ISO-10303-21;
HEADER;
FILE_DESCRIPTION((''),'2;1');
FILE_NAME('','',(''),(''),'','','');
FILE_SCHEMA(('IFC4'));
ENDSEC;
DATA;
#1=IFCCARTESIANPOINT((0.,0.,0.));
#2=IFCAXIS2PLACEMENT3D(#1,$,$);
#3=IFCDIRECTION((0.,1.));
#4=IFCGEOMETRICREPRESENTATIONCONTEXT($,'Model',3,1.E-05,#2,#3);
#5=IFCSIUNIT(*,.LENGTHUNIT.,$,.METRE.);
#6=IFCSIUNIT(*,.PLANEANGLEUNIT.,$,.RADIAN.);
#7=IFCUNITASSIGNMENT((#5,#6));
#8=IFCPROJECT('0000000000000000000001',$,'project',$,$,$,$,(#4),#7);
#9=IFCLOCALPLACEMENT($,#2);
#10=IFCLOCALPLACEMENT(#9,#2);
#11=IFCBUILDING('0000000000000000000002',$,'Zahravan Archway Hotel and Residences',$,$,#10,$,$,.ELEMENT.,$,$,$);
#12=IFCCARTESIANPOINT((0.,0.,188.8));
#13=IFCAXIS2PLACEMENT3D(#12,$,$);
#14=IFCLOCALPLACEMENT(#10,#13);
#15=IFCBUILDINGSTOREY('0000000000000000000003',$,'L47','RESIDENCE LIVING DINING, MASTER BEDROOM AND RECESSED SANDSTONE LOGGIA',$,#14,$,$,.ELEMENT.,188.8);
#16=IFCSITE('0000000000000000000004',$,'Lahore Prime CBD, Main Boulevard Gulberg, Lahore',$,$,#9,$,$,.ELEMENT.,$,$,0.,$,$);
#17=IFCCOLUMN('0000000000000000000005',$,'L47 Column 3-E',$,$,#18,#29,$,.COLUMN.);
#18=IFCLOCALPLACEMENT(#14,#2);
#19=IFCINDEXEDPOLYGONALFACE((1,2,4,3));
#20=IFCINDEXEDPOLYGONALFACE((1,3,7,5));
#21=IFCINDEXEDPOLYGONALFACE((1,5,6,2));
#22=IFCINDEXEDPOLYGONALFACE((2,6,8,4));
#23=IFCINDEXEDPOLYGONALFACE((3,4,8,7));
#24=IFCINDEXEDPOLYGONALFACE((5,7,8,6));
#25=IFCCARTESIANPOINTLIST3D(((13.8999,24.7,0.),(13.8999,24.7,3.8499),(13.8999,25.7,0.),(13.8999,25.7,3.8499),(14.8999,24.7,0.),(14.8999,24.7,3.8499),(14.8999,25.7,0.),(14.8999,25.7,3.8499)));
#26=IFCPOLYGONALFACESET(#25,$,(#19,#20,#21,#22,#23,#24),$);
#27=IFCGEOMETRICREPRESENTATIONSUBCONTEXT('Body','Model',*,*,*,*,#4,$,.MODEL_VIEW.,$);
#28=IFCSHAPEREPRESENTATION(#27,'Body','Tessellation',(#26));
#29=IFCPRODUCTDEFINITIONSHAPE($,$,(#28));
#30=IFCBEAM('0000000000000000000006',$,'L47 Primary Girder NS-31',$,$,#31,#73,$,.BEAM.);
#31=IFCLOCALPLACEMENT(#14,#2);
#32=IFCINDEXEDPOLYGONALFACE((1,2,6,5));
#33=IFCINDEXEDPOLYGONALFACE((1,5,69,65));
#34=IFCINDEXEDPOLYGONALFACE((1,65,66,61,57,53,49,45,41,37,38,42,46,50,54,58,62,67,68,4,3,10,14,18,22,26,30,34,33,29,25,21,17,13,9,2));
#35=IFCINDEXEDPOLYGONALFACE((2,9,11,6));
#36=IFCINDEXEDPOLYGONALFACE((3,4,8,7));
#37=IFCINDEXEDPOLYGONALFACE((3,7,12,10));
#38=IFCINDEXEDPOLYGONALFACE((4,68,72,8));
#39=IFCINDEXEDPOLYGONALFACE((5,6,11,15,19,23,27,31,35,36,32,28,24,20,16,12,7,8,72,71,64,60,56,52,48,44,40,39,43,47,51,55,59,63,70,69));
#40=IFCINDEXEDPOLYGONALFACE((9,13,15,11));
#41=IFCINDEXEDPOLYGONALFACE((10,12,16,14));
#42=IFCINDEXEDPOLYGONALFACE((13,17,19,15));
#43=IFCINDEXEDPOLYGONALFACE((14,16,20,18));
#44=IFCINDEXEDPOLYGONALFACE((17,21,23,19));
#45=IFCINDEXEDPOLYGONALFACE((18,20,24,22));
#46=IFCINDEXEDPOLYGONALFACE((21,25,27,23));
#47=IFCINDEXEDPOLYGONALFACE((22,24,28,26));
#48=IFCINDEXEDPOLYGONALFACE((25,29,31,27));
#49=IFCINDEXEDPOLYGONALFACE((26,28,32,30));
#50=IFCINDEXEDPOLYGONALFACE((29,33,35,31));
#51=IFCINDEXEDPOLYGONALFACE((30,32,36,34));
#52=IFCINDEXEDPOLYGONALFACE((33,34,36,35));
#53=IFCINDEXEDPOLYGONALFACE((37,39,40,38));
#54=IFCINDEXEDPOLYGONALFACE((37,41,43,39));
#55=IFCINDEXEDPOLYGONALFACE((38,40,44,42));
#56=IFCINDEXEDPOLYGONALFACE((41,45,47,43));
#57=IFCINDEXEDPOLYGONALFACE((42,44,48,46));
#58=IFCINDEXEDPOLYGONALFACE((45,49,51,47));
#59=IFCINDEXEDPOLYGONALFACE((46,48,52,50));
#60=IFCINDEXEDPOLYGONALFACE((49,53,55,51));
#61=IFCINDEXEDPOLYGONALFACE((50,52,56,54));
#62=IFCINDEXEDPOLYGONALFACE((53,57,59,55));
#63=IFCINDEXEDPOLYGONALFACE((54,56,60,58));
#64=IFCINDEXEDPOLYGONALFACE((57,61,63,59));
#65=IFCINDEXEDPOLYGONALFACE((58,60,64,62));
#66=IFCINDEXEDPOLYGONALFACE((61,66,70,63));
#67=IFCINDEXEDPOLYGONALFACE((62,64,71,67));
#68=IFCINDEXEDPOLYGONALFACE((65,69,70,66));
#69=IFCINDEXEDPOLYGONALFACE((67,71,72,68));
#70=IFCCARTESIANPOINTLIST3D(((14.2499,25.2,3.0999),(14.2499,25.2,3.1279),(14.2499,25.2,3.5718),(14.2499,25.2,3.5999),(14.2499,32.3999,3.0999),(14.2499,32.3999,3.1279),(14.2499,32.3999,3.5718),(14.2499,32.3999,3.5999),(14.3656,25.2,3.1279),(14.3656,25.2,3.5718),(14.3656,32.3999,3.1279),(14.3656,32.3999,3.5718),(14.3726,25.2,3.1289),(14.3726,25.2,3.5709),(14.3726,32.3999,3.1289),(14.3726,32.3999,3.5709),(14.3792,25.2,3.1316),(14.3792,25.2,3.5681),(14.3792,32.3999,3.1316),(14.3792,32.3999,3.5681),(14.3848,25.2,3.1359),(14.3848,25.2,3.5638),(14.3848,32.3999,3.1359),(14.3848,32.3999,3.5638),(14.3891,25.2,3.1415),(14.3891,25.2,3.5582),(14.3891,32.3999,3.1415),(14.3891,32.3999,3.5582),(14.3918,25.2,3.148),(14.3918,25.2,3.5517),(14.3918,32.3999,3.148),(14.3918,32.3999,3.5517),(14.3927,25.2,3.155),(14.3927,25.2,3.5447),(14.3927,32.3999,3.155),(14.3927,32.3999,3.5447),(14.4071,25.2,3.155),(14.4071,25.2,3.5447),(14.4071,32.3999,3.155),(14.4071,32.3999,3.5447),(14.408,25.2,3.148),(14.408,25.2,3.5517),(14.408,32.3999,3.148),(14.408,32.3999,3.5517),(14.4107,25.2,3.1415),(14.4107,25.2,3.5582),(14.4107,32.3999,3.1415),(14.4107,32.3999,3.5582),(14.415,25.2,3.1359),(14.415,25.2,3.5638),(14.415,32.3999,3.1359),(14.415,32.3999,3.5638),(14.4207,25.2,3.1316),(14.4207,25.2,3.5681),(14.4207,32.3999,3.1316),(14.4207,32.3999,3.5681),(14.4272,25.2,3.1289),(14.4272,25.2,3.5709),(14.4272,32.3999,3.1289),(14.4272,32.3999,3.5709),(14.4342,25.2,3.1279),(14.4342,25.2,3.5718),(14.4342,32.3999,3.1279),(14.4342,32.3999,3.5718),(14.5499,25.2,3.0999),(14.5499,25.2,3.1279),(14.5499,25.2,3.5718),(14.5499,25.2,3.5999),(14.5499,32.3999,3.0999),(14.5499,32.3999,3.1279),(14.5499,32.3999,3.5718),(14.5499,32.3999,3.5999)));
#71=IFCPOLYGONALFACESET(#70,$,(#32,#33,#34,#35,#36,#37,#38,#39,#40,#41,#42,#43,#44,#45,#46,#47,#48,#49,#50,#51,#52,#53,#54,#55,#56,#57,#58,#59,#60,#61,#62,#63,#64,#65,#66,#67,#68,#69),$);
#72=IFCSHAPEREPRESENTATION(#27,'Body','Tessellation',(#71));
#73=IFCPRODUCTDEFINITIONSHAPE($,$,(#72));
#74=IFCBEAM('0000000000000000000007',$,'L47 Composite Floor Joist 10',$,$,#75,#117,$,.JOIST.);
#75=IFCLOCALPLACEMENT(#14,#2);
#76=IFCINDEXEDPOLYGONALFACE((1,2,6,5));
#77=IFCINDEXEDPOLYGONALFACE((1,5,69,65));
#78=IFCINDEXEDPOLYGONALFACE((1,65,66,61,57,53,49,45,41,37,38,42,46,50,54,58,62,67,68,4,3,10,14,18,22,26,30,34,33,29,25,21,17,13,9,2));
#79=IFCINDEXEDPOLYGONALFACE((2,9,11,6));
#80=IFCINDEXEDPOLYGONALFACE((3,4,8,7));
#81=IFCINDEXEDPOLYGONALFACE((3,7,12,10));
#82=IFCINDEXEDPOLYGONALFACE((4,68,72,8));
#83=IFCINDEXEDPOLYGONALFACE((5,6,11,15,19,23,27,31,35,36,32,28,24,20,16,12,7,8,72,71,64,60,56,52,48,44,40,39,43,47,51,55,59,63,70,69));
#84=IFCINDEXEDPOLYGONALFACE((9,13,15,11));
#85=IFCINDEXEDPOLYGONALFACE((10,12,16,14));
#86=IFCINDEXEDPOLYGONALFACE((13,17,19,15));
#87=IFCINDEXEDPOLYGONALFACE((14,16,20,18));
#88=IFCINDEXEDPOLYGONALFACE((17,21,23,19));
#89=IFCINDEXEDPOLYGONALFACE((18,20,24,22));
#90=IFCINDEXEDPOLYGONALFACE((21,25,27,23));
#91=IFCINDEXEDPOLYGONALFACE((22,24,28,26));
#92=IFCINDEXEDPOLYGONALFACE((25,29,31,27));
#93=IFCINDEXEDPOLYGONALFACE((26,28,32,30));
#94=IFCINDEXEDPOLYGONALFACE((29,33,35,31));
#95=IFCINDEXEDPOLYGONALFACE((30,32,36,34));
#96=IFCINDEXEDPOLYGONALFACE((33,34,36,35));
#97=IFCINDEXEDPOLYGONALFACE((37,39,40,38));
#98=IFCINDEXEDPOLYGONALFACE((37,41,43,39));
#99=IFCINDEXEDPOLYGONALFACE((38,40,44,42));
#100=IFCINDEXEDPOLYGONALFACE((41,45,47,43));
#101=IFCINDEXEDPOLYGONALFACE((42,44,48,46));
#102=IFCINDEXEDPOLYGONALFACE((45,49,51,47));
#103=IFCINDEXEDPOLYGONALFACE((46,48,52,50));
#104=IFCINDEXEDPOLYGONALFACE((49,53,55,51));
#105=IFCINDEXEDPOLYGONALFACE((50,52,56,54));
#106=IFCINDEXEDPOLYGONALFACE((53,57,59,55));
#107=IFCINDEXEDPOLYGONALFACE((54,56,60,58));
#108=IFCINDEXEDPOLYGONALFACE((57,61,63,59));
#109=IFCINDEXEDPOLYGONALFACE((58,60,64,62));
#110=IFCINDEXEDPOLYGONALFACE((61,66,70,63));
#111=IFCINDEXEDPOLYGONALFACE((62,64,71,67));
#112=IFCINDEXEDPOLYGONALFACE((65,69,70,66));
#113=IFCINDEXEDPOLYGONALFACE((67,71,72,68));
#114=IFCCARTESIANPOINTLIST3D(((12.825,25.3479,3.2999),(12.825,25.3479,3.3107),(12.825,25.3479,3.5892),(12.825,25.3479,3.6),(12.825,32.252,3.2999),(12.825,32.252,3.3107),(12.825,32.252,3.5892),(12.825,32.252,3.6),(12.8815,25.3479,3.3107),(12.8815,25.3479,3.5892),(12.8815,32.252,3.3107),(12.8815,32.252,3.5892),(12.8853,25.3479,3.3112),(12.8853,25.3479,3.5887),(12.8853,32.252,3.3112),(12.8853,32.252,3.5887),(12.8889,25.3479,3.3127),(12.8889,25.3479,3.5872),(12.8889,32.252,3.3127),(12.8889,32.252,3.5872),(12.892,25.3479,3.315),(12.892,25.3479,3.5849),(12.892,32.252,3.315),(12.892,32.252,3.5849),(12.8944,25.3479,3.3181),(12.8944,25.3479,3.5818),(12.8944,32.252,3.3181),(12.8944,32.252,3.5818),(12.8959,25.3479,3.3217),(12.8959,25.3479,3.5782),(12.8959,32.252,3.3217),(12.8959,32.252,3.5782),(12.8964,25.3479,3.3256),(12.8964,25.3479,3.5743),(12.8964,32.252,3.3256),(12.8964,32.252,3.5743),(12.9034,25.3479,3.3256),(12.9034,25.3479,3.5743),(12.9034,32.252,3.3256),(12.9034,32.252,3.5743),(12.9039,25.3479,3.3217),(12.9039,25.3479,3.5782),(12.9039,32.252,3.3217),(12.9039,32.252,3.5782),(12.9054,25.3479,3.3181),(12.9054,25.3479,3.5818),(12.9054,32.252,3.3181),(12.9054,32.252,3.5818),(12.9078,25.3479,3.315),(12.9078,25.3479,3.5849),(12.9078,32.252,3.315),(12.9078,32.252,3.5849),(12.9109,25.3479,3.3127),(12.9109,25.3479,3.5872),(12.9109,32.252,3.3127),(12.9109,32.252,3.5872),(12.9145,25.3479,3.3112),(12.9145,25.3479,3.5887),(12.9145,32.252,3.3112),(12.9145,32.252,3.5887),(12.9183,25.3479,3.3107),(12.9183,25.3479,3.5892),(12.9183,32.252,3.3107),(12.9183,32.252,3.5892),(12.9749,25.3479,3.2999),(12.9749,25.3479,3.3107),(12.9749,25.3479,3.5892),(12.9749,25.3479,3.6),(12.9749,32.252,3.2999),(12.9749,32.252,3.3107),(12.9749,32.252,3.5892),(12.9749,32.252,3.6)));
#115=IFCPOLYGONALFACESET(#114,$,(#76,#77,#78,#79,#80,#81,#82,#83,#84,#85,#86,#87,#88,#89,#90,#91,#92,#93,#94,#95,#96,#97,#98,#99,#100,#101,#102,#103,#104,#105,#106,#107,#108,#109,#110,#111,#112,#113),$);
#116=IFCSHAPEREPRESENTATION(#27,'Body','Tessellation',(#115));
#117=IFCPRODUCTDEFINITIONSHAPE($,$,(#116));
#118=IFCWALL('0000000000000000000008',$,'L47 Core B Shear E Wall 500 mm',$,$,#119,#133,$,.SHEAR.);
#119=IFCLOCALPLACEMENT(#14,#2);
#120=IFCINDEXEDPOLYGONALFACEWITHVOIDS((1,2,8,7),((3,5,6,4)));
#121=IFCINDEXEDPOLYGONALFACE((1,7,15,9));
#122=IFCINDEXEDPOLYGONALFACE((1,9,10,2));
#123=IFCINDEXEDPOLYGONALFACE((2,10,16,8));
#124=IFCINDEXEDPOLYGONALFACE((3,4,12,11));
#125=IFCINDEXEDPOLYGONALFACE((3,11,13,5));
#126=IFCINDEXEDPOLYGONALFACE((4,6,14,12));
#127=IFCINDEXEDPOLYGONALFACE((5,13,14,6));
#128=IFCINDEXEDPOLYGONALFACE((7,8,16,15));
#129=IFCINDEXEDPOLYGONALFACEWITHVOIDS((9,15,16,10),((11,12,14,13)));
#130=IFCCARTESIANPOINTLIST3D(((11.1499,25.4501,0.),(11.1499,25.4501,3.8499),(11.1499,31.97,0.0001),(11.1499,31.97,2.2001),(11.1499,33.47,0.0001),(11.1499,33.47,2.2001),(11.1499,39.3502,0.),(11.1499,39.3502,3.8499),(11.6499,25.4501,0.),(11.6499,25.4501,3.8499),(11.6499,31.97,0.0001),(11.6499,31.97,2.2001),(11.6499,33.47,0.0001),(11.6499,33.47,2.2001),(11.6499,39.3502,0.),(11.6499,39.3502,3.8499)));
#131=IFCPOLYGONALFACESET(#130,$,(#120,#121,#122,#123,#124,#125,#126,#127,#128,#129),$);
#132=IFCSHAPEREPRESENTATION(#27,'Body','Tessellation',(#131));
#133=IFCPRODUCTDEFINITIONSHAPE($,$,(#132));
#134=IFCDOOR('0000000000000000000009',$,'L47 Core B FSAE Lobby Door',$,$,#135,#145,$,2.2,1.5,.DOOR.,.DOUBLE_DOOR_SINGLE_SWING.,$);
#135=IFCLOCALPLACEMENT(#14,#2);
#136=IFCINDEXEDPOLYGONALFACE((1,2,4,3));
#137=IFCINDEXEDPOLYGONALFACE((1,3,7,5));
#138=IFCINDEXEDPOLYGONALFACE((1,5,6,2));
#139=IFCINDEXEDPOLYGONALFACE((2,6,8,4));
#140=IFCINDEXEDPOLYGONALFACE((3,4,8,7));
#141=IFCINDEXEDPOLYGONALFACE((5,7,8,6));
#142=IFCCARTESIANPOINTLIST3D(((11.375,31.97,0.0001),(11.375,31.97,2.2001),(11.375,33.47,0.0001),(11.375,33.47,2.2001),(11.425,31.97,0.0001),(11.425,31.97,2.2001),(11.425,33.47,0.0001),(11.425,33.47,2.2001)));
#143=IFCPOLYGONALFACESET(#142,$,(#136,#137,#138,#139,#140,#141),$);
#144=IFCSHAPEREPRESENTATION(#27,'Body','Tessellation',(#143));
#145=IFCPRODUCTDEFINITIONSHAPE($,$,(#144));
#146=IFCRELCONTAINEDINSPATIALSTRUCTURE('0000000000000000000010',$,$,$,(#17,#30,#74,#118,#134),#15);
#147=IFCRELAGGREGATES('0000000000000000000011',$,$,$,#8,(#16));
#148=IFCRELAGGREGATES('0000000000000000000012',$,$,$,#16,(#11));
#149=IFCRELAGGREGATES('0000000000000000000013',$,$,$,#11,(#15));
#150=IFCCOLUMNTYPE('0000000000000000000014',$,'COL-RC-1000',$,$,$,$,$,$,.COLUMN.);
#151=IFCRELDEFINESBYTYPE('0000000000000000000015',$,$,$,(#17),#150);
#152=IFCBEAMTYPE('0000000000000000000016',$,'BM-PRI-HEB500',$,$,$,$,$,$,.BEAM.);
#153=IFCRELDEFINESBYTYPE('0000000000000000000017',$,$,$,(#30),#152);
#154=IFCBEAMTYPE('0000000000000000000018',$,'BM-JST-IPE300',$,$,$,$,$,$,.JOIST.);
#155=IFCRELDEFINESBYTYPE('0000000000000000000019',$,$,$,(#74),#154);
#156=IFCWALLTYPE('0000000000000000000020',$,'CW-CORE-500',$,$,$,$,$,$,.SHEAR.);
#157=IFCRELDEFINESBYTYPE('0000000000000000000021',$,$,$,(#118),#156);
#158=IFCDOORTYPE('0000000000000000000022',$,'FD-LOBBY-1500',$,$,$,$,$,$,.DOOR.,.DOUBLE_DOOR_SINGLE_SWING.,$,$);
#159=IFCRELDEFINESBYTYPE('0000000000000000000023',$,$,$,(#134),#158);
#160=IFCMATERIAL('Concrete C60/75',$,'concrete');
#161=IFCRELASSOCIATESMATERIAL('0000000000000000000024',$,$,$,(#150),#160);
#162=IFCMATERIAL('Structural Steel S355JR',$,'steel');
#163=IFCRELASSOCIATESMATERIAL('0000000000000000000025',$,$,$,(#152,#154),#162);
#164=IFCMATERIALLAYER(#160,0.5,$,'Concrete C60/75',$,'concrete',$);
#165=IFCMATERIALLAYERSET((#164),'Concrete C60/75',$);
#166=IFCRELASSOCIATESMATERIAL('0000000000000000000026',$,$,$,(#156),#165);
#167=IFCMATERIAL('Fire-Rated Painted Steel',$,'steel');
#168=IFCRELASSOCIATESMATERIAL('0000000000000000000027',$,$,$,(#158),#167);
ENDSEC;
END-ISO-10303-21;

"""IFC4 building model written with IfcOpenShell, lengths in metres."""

from ifc_helpers import new_model, si_unit, direction, frame, frame_2d, origin, origin_2d, place, context, subcontext, project, spatial, rectangle, i_section, extrude, source, transform, mapped, material, layer, layer_set, material_profile, profile_set, type_object, type_shapes, element, fill, save


model = new_model("IFC4")

# Units and contexts
model_context = context("Model", 3, precision=1e-05, world=origin(), true_north=direction((0.0, 1.0)))
body_context = subcontext(model_context, "Body", "Model", "MODEL_VIEW")
ifc_project = project(units=[si_unit("LENGTHUNIT", "METRE"), si_unit("PLANEANGLEUNIT", "RADIAN")], contexts=[model_context])

# Site, building, storey
site_placement = place(None, origin())
site = spatial("IfcSite", under=ifc_project, at=site_placement, Name="Lahore Prime CBD, Main Boulevard Gulberg, Lahore", CompositionType="ELEMENT", RefElevation=0.0)
building_placement = place(site_placement, origin())
building = spatial("IfcBuilding", under=site, at=building_placement, Name="Zahravan Archway Hotel and Residences", CompositionType="ELEMENT")
storey_placement = place(building_placement, frame((0.0, 0.0, 188.8)))
storey = spatial("IfcBuildingStorey", under=building, at=storey_placement, Name="L47", Description="RESIDENCE LIVING DINING, MASTER BEDROOM AND RECESSED SANDSTONE LOGGIA", CompositionType="ELEMENT", Elevation=188.8)

# Column
ifc_material_1 = material(Name="Concrete C60/75", Category="concrete")
ifc_material_profile_1 = material_profile(ifc_material_1, rectangle(XDim=1.0, YDim=1.0, at=origin_2d()), Name="RC-COL-1000x1000", Category="concrete")
ifc_profile_set_1 = profile_set([ifc_material_profile_1], Name="Concrete C60/75")
column_type = type_object("IfcColumnType", Name="COL-RC-1000", PredefinedType="COLUMN", material=ifc_profile_set_1)
shared_shape_1 = source(origin(), body_context, "Body", "SweptSolid", [
    extrude(rectangle(XDim=1.0, YDim=1.0, at=origin_2d()), origin(), (0.0, 0.0, 1.0), 3.8499),
])
column_placement = place(storey_placement, frame((14.3999, 25.2, 0.0), z_axis=(0.0, 0.0, 1.0), x_axis=(1.0, 0.0, 0.0)))
element("IfcColumn", 1, at=column_placement, inside=storey, type_object=column_type, Name="L47 Column 3-E", PredefinedType="COLUMN", context=body_context, shape_type="MappedRepresentation", body=[
    mapped(shared_shape_1, transform((0.0, 0.0, 0.0), scale=1.0)),
])

# Beams
ifc_material_2 = material(Name="Structural Steel S355JR", Category="steel")
ifc_material_profile_2 = material_profile(ifc_material_2, i_section(OverallWidth=0.3, OverallDepth=0.5, WebThickness=0.0144, FlangeThickness=0.0281, FilletRadius=0.0271, at=origin_2d()), Name="HEB 500", Category="steel")
ifc_profile_set_2 = profile_set([ifc_material_profile_2], Name="Structural Steel S355JR")
beam_type_1 = type_object("IfcBeamType", Name="BM-PRI-HEB500", PredefinedType="BEAM", material=ifc_profile_set_2)
shared_shape_2 = source(origin(), body_context, "Body", "SweptSolid", [
    extrude(i_section(OverallWidth=0.3, OverallDepth=0.5, WebThickness=0.0144, FlangeThickness=0.0281, FilletRadius=0.0271, at=origin_2d()), origin(), (0.0, 0.0, 1.0), 7.2),
])
beam_1_placement = place(storey_placement, frame((14.3999, 25.2, 3.3499), z_axis=(0.0, 1.0, 0.0), x_axis=(-1.0, 0.0, 0.0)))
element("IfcBeam", 2, at=beam_1_placement, inside=storey, type_object=beam_type_1, Name="L47 Primary Girder NS-31", PredefinedType="BEAM", context=body_context, shape_type="MappedRepresentation", body=[
    mapped(shared_shape_2, transform((0.0, 0.0, 0.0), scale=1.0)),
])
ifc_material_profile_3 = material_profile(ifc_material_2, i_section(OverallWidth=0.1499, OverallDepth=0.3, WebThickness=0.0071, FlangeThickness=0.0107, FilletRadius=0.0149, at=origin_2d()), Name="IPE 300", Category="steel")
ifc_profile_set_3 = profile_set([ifc_material_profile_3], Name="Structural Steel S355JR")
beam_type_2 = type_object("IfcBeamType", Name="BM-JST-IPE300", PredefinedType="JOIST", material=ifc_profile_set_3)
shared_shape_3 = source(origin(), body_context, "Body", "SweptSolid", [
    extrude(i_section(OverallWidth=0.1499, OverallDepth=0.3, WebThickness=0.0071, FlangeThickness=0.0107, FilletRadius=0.0149, at=origin_2d()), origin(), (0.0, 0.0, 1.0), 6.9041),
])
type_shapes(beam_type_2, [shared_shape_3])
beam_2_placement = place(storey_placement, frame((12.8999, 25.3479, 3.45), z_axis=(0.0, 1.0, 0.0), x_axis=(-1.0, 0.0, 0.0)))
element("IfcBeam", 3, at=beam_2_placement, inside=storey, type_object=beam_type_2, Name="L47 Composite Floor Joist 10", PredefinedType="JOIST", context=body_context, shape_type="MappedRepresentation", body=[
    mapped(shared_shape_3, transform((0.0, 0.0, 0.0), scale=1.0)),
])

# Wall, opening, door
ifc_layer_1 = layer(ifc_material_1, 0.5, Name="Concrete C60/75", Category="concrete")
ifc_layer_set_1 = layer_set([ifc_layer_1], Name="Concrete C60/75")
wall_type_1 = type_object("IfcWallType", Name="CW-CORE-500", PredefinedType="SHEAR", material=ifc_layer_set_1)
wall_1_placement = place(storey_placement, frame((11.3999, 25.45, 0.0), z_axis=(0.0, 0.0, 1.0), x_axis=(0.0, 1.0, 0.0)))
wall_1 = element("IfcWall", 4, at=wall_1_placement, inside=storey, type_object=wall_type_1, Name="L47 Core B Shear E Wall 500 mm", PredefinedType="SHEAR", context=body_context, shape_type="SweptSolid", body=[
    extrude(rectangle(XDim=13.9001, YDim=0.5, at=frame_2d((6.9502, 0.0))), origin(), (0.0, 0.0, 1.0), 3.8499),
])
opening_1_placement = place(wall_1_placement, frame((6.52, 0.0, 0.0)))
opening_1 = element("IfcOpeningElement", 5, at=opening_1_placement, cuts=wall_1, PredefinedType="OPENING", context=body_context, shape_type="SweptSolid", body=[
    extrude(rectangle(XDim=1.5, YDim=2.2, at=frame_2d((0.75, 1.1001))), frame((0.0, 0.26, 0.0), z_axis=(0.0, -1.0, 0.0), x_axis=(1.0, 0.0, 0.0)), (0.0, 0.0, 1.0), 0.52),
])
ifc_material_3 = material(Name="Fire-Rated Painted Steel", Category="steel")
door_type_1 = type_object("IfcDoorType", Name="FD-LOBBY-1500", OperationType="DOUBLE_DOOR_SINGLE_SWING", PredefinedType="DOOR", material=ifc_material_3)
shared_shape_4 = source(origin(), body_context, "Body", "SweptSolid", [
    extrude(rectangle(XDim=1.5, YDim=2.2, at=frame_2d((0.75, 1.1001))), frame((0.0, 0.0249, 0.0), z_axis=(0.0, -1.0, 0.0), x_axis=(1.0, 0.0, 0.0)), (0.0, 0.0, 1.0), 0.05),
])
type_shapes(door_type_1, [shared_shape_4])
door_1_placement = place(opening_1_placement, origin())
door_1 = element("IfcDoor", 6, at=door_1_placement, inside=storey, type_object=door_type_1, Name="L47 Core B FSAE Lobby Door", OperationType="DOUBLE_DOOR_SINGLE_SWING", OverallHeight=2.2, OverallWidth=1.5, PredefinedType="DOOR", context=body_context, shape_type="MappedRepresentation", body=[
    mapped(shared_shape_4, transform((0.0, 0.0, 0.0), scale=1.0)),
])
fill(opening_1, door_1)

save(model, "model.ifc")
